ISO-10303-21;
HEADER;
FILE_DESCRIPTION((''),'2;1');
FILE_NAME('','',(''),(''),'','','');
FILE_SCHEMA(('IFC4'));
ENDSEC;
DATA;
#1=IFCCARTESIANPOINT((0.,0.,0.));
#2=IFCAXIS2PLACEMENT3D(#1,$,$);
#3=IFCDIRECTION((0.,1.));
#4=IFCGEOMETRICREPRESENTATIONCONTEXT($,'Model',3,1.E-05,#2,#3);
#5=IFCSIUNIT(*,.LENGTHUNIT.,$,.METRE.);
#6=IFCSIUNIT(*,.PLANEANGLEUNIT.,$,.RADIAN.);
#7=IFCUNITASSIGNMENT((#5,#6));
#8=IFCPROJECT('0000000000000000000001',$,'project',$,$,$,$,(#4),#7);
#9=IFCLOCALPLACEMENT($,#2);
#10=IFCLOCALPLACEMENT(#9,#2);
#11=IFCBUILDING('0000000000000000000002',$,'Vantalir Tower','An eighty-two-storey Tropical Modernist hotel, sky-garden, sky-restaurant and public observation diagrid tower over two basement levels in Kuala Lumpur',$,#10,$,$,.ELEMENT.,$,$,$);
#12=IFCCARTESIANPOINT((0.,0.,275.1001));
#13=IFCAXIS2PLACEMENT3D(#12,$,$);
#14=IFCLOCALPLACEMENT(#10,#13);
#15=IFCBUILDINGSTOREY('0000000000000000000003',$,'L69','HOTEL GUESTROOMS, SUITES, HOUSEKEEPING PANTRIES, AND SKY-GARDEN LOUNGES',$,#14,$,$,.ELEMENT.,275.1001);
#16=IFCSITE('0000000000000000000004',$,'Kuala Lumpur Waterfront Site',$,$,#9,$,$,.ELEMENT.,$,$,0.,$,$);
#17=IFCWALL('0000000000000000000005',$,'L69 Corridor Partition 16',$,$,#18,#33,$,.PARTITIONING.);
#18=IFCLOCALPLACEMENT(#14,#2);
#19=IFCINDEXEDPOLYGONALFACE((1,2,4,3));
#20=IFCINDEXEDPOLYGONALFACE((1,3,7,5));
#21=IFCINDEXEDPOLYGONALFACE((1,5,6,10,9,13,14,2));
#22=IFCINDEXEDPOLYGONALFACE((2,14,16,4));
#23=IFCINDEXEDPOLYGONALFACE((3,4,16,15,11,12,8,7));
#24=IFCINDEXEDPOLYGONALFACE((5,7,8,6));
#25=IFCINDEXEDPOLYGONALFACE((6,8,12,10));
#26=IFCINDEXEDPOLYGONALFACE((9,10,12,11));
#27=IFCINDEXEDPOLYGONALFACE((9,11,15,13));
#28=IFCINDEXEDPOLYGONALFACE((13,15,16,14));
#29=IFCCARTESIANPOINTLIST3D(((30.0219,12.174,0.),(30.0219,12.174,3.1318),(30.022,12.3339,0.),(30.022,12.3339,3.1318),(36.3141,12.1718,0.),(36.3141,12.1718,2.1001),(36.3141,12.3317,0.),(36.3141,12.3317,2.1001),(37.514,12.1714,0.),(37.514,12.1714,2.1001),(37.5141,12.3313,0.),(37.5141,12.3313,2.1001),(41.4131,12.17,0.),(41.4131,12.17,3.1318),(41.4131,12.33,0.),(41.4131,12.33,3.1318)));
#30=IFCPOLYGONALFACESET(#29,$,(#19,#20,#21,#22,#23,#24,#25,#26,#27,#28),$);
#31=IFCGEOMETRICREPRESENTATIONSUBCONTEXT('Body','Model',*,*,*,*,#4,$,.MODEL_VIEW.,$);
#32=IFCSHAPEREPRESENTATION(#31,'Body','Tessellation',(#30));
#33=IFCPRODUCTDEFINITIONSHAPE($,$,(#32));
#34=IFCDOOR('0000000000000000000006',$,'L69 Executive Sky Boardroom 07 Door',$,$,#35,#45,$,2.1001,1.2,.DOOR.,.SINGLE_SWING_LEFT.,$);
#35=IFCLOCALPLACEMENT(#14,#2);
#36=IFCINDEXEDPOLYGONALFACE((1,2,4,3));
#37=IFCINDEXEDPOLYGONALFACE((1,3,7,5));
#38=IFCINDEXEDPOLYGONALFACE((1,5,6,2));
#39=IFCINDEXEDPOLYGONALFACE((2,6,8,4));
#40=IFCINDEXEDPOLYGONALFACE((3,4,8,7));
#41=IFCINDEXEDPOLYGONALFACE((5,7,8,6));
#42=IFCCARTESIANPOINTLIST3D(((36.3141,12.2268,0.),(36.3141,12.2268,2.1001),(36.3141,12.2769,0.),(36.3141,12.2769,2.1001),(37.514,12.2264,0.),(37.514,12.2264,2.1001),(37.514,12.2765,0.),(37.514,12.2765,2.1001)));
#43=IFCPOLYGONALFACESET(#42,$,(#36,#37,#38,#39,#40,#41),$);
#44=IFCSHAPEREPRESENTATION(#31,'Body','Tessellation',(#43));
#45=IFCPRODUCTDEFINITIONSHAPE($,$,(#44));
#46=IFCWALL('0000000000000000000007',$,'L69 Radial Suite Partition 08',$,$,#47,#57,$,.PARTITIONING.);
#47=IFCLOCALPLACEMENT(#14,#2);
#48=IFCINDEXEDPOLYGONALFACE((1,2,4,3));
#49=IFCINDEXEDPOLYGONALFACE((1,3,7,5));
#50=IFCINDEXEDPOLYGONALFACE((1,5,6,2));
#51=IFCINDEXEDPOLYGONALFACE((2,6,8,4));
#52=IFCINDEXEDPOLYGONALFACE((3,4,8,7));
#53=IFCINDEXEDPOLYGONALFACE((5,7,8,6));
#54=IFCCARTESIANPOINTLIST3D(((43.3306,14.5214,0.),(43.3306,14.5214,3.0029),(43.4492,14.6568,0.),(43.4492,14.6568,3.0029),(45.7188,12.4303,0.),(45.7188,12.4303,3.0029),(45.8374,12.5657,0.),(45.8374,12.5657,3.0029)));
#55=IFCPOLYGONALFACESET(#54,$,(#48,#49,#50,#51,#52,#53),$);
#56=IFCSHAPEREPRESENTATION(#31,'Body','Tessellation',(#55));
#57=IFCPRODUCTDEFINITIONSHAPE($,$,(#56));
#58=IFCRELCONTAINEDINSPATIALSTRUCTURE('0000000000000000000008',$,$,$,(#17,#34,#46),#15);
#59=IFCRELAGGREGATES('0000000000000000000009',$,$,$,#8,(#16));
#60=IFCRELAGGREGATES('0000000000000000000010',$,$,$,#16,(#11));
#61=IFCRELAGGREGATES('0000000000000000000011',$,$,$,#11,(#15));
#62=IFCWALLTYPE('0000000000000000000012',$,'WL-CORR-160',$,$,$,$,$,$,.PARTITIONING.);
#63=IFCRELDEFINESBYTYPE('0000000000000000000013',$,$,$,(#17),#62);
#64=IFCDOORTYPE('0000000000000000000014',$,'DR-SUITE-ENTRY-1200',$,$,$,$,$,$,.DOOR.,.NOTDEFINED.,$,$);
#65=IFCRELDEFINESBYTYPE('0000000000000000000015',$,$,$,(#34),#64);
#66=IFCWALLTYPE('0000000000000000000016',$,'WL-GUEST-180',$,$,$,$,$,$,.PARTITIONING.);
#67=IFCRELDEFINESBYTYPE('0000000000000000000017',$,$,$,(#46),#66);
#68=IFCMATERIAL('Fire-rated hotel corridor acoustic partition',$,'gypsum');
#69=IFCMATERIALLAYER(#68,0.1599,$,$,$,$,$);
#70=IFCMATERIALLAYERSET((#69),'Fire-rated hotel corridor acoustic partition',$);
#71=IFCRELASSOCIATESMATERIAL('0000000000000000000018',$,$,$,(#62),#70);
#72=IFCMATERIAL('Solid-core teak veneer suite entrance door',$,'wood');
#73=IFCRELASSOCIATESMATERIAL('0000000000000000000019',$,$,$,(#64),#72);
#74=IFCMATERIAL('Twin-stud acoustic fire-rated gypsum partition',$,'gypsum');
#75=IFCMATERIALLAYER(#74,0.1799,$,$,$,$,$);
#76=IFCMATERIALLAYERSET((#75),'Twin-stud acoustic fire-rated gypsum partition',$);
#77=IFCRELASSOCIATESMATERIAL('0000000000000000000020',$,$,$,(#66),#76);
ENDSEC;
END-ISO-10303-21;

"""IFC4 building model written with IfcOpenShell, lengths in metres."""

from ifc_helpers import new_model, si_unit, direction, frame, frame_2d, origin, place, context, subcontext, project, spatial, rectangle, extrude, material, layer, layer_set, type_object, element, fill, save


model = new_model("IFC4")

# Units and contexts
model_context = context("Model", 3, precision=1e-05, world=origin(), true_north=direction((0.0, 1.0)))
body_context = subcontext(model_context, "Body", "Model", "MODEL_VIEW")
ifc_project = project(units=[si_unit("LENGTHUNIT", "METRE"), si_unit("PLANEANGLEUNIT", "RADIAN")], contexts=[model_context])

# Site, building, storey
site_placement = place(None, origin())
site = spatial("IfcSite", under=ifc_project, at=site_placement, Name="Kuala Lumpur Waterfront Site", CompositionType="ELEMENT", RefElevation=0.0)
building_placement = place(site_placement, origin())
building = spatial("IfcBuilding", under=site, at=building_placement, Name="Vantalir Tower", Description="An eighty-two-storey Tropical Modernist hotel, sky-garden, sky-restaurant and public observation diagrid tower over two basement levels in Kuala Lumpur", CompositionType="ELEMENT")
storey_placement = place(building_placement, frame((0.0, 0.0, 275.1001)))
storey = spatial("IfcBuildingStorey", under=building, at=storey_placement, Name="L69", Description="HOTEL GUESTROOMS, SUITES, HOUSEKEEPING PANTRIES, AND SKY-GARDEN LOUNGES", CompositionType="ELEMENT", Elevation=275.1001)

# Shared definitions
ifc_material_1 = material(Name="Fire-rated hotel corridor acoustic partition", Category="gypsum")
ifc_layer_1 = layer(ifc_material_1, 0.1599)
ifc_layer_set_1 = layer_set([ifc_layer_1], Name="Fire-rated hotel corridor acoustic partition")
wall_type_1 = type_object("IfcWallType", Name="WL-CORR-160", PredefinedType="PARTITIONING", material=ifc_layer_set_1)

# Wall, opening, door
wall_1_placement = place(storey_placement, frame((41.4131, 12.25, 0.0), z_axis=(0.0, 0.0, 1.0), x_axis=(-1.0, 0.000343, 0.0)))
wall_1 = element("IfcWall", 1, at=wall_1_placement, inside=storey, type_object=wall_type_1, Name="L69 Corridor Partition 16", PredefinedType="PARTITIONING", context=body_context, shape_type="SweptSolid", body=[
    extrude(rectangle(XDim=11.3911, YDim=0.1599, at=frame_2d((5.6956, 0.0))), origin(), (0.0, 0.0, 1.0), 3.1318),
])
opening_placement = place(wall_1_placement, frame((3.8989, 0.0, 0.0)))
opening = element("IfcOpeningElement", 2, at=opening_placement, cuts=wall_1, PredefinedType="OPENING", context=body_context, shape_type="SweptSolid", body=[
    extrude(rectangle(XDim=1.2, YDim=2.1001, at=frame_2d((0.6001, 1.05))), frame((0.0, 0.0898, 0.0), z_axis=(0.0, -1.0, 0.0), x_axis=(1.0, 0.0, 0.0)), (0.0, 0.0, 1.0), 0.1799),
])
ifc_material_2 = material(Name="Solid-core teak veneer suite entrance door", Category="wood")
door_type = type_object("IfcDoorType", Name="DR-SUITE-ENTRY-1200", OperationType="NOTDEFINED", PredefinedType="DOOR", material=ifc_material_2)
door_placement = place(opening_placement, origin())
door = element("IfcDoor", 3, at=door_placement, inside=storey, type_object=door_type, Name="L69 Executive Sky Boardroom 07 Door", OperationType="SINGLE_SWING_LEFT", OverallHeight=2.1001, OverallWidth=1.2, PredefinedType="DOOR", context=body_context, shape_type="SweptSolid", body=[
    extrude(rectangle(XDim=1.2, YDim=2.1001, at=frame_2d((0.6001, 1.05))), frame((0.0, 0.0249, 0.0), z_axis=(0.0, -1.0, 0.0), x_axis=(1.0, 0.0, 0.0)), (0.0, 0.0, 1.0), 0.05),
])
fill(opening, door)

# Wall
ifc_material_3 = material(Name="Twin-stud acoustic fire-rated gypsum partition", Category="gypsum")
ifc_layer_2 = layer(ifc_material_3, 0.1799)
ifc_layer_set_2 = layer_set([ifc_layer_2], Name="Twin-stud acoustic fire-rated gypsum partition")
wall_type_2 = type_object("IfcWallType", Name="WL-GUEST-180", PredefinedType="PARTITIONING", material=ifc_layer_set_2)
wall_2_placement = place(storey_placement, frame((43.3899, 14.5891, 0.0), z_axis=(0.0, 0.0, 1.0), x_axis=(0.752357, -0.658755, 0.0)))
element("IfcWall", 4, at=wall_2_placement, inside=storey, type_object=wall_type_2, Name="L69 Radial Suite Partition 08", PredefinedType="PARTITIONING", context=body_context, shape_type="SweptSolid", body=[
    extrude(rectangle(XDim=3.1743, YDim=0.1799, at=frame_2d((1.5872, 0.0))), origin(), (0.0, 0.0, 1.0), 3.0029),
])

save(model, "model.ifc")
